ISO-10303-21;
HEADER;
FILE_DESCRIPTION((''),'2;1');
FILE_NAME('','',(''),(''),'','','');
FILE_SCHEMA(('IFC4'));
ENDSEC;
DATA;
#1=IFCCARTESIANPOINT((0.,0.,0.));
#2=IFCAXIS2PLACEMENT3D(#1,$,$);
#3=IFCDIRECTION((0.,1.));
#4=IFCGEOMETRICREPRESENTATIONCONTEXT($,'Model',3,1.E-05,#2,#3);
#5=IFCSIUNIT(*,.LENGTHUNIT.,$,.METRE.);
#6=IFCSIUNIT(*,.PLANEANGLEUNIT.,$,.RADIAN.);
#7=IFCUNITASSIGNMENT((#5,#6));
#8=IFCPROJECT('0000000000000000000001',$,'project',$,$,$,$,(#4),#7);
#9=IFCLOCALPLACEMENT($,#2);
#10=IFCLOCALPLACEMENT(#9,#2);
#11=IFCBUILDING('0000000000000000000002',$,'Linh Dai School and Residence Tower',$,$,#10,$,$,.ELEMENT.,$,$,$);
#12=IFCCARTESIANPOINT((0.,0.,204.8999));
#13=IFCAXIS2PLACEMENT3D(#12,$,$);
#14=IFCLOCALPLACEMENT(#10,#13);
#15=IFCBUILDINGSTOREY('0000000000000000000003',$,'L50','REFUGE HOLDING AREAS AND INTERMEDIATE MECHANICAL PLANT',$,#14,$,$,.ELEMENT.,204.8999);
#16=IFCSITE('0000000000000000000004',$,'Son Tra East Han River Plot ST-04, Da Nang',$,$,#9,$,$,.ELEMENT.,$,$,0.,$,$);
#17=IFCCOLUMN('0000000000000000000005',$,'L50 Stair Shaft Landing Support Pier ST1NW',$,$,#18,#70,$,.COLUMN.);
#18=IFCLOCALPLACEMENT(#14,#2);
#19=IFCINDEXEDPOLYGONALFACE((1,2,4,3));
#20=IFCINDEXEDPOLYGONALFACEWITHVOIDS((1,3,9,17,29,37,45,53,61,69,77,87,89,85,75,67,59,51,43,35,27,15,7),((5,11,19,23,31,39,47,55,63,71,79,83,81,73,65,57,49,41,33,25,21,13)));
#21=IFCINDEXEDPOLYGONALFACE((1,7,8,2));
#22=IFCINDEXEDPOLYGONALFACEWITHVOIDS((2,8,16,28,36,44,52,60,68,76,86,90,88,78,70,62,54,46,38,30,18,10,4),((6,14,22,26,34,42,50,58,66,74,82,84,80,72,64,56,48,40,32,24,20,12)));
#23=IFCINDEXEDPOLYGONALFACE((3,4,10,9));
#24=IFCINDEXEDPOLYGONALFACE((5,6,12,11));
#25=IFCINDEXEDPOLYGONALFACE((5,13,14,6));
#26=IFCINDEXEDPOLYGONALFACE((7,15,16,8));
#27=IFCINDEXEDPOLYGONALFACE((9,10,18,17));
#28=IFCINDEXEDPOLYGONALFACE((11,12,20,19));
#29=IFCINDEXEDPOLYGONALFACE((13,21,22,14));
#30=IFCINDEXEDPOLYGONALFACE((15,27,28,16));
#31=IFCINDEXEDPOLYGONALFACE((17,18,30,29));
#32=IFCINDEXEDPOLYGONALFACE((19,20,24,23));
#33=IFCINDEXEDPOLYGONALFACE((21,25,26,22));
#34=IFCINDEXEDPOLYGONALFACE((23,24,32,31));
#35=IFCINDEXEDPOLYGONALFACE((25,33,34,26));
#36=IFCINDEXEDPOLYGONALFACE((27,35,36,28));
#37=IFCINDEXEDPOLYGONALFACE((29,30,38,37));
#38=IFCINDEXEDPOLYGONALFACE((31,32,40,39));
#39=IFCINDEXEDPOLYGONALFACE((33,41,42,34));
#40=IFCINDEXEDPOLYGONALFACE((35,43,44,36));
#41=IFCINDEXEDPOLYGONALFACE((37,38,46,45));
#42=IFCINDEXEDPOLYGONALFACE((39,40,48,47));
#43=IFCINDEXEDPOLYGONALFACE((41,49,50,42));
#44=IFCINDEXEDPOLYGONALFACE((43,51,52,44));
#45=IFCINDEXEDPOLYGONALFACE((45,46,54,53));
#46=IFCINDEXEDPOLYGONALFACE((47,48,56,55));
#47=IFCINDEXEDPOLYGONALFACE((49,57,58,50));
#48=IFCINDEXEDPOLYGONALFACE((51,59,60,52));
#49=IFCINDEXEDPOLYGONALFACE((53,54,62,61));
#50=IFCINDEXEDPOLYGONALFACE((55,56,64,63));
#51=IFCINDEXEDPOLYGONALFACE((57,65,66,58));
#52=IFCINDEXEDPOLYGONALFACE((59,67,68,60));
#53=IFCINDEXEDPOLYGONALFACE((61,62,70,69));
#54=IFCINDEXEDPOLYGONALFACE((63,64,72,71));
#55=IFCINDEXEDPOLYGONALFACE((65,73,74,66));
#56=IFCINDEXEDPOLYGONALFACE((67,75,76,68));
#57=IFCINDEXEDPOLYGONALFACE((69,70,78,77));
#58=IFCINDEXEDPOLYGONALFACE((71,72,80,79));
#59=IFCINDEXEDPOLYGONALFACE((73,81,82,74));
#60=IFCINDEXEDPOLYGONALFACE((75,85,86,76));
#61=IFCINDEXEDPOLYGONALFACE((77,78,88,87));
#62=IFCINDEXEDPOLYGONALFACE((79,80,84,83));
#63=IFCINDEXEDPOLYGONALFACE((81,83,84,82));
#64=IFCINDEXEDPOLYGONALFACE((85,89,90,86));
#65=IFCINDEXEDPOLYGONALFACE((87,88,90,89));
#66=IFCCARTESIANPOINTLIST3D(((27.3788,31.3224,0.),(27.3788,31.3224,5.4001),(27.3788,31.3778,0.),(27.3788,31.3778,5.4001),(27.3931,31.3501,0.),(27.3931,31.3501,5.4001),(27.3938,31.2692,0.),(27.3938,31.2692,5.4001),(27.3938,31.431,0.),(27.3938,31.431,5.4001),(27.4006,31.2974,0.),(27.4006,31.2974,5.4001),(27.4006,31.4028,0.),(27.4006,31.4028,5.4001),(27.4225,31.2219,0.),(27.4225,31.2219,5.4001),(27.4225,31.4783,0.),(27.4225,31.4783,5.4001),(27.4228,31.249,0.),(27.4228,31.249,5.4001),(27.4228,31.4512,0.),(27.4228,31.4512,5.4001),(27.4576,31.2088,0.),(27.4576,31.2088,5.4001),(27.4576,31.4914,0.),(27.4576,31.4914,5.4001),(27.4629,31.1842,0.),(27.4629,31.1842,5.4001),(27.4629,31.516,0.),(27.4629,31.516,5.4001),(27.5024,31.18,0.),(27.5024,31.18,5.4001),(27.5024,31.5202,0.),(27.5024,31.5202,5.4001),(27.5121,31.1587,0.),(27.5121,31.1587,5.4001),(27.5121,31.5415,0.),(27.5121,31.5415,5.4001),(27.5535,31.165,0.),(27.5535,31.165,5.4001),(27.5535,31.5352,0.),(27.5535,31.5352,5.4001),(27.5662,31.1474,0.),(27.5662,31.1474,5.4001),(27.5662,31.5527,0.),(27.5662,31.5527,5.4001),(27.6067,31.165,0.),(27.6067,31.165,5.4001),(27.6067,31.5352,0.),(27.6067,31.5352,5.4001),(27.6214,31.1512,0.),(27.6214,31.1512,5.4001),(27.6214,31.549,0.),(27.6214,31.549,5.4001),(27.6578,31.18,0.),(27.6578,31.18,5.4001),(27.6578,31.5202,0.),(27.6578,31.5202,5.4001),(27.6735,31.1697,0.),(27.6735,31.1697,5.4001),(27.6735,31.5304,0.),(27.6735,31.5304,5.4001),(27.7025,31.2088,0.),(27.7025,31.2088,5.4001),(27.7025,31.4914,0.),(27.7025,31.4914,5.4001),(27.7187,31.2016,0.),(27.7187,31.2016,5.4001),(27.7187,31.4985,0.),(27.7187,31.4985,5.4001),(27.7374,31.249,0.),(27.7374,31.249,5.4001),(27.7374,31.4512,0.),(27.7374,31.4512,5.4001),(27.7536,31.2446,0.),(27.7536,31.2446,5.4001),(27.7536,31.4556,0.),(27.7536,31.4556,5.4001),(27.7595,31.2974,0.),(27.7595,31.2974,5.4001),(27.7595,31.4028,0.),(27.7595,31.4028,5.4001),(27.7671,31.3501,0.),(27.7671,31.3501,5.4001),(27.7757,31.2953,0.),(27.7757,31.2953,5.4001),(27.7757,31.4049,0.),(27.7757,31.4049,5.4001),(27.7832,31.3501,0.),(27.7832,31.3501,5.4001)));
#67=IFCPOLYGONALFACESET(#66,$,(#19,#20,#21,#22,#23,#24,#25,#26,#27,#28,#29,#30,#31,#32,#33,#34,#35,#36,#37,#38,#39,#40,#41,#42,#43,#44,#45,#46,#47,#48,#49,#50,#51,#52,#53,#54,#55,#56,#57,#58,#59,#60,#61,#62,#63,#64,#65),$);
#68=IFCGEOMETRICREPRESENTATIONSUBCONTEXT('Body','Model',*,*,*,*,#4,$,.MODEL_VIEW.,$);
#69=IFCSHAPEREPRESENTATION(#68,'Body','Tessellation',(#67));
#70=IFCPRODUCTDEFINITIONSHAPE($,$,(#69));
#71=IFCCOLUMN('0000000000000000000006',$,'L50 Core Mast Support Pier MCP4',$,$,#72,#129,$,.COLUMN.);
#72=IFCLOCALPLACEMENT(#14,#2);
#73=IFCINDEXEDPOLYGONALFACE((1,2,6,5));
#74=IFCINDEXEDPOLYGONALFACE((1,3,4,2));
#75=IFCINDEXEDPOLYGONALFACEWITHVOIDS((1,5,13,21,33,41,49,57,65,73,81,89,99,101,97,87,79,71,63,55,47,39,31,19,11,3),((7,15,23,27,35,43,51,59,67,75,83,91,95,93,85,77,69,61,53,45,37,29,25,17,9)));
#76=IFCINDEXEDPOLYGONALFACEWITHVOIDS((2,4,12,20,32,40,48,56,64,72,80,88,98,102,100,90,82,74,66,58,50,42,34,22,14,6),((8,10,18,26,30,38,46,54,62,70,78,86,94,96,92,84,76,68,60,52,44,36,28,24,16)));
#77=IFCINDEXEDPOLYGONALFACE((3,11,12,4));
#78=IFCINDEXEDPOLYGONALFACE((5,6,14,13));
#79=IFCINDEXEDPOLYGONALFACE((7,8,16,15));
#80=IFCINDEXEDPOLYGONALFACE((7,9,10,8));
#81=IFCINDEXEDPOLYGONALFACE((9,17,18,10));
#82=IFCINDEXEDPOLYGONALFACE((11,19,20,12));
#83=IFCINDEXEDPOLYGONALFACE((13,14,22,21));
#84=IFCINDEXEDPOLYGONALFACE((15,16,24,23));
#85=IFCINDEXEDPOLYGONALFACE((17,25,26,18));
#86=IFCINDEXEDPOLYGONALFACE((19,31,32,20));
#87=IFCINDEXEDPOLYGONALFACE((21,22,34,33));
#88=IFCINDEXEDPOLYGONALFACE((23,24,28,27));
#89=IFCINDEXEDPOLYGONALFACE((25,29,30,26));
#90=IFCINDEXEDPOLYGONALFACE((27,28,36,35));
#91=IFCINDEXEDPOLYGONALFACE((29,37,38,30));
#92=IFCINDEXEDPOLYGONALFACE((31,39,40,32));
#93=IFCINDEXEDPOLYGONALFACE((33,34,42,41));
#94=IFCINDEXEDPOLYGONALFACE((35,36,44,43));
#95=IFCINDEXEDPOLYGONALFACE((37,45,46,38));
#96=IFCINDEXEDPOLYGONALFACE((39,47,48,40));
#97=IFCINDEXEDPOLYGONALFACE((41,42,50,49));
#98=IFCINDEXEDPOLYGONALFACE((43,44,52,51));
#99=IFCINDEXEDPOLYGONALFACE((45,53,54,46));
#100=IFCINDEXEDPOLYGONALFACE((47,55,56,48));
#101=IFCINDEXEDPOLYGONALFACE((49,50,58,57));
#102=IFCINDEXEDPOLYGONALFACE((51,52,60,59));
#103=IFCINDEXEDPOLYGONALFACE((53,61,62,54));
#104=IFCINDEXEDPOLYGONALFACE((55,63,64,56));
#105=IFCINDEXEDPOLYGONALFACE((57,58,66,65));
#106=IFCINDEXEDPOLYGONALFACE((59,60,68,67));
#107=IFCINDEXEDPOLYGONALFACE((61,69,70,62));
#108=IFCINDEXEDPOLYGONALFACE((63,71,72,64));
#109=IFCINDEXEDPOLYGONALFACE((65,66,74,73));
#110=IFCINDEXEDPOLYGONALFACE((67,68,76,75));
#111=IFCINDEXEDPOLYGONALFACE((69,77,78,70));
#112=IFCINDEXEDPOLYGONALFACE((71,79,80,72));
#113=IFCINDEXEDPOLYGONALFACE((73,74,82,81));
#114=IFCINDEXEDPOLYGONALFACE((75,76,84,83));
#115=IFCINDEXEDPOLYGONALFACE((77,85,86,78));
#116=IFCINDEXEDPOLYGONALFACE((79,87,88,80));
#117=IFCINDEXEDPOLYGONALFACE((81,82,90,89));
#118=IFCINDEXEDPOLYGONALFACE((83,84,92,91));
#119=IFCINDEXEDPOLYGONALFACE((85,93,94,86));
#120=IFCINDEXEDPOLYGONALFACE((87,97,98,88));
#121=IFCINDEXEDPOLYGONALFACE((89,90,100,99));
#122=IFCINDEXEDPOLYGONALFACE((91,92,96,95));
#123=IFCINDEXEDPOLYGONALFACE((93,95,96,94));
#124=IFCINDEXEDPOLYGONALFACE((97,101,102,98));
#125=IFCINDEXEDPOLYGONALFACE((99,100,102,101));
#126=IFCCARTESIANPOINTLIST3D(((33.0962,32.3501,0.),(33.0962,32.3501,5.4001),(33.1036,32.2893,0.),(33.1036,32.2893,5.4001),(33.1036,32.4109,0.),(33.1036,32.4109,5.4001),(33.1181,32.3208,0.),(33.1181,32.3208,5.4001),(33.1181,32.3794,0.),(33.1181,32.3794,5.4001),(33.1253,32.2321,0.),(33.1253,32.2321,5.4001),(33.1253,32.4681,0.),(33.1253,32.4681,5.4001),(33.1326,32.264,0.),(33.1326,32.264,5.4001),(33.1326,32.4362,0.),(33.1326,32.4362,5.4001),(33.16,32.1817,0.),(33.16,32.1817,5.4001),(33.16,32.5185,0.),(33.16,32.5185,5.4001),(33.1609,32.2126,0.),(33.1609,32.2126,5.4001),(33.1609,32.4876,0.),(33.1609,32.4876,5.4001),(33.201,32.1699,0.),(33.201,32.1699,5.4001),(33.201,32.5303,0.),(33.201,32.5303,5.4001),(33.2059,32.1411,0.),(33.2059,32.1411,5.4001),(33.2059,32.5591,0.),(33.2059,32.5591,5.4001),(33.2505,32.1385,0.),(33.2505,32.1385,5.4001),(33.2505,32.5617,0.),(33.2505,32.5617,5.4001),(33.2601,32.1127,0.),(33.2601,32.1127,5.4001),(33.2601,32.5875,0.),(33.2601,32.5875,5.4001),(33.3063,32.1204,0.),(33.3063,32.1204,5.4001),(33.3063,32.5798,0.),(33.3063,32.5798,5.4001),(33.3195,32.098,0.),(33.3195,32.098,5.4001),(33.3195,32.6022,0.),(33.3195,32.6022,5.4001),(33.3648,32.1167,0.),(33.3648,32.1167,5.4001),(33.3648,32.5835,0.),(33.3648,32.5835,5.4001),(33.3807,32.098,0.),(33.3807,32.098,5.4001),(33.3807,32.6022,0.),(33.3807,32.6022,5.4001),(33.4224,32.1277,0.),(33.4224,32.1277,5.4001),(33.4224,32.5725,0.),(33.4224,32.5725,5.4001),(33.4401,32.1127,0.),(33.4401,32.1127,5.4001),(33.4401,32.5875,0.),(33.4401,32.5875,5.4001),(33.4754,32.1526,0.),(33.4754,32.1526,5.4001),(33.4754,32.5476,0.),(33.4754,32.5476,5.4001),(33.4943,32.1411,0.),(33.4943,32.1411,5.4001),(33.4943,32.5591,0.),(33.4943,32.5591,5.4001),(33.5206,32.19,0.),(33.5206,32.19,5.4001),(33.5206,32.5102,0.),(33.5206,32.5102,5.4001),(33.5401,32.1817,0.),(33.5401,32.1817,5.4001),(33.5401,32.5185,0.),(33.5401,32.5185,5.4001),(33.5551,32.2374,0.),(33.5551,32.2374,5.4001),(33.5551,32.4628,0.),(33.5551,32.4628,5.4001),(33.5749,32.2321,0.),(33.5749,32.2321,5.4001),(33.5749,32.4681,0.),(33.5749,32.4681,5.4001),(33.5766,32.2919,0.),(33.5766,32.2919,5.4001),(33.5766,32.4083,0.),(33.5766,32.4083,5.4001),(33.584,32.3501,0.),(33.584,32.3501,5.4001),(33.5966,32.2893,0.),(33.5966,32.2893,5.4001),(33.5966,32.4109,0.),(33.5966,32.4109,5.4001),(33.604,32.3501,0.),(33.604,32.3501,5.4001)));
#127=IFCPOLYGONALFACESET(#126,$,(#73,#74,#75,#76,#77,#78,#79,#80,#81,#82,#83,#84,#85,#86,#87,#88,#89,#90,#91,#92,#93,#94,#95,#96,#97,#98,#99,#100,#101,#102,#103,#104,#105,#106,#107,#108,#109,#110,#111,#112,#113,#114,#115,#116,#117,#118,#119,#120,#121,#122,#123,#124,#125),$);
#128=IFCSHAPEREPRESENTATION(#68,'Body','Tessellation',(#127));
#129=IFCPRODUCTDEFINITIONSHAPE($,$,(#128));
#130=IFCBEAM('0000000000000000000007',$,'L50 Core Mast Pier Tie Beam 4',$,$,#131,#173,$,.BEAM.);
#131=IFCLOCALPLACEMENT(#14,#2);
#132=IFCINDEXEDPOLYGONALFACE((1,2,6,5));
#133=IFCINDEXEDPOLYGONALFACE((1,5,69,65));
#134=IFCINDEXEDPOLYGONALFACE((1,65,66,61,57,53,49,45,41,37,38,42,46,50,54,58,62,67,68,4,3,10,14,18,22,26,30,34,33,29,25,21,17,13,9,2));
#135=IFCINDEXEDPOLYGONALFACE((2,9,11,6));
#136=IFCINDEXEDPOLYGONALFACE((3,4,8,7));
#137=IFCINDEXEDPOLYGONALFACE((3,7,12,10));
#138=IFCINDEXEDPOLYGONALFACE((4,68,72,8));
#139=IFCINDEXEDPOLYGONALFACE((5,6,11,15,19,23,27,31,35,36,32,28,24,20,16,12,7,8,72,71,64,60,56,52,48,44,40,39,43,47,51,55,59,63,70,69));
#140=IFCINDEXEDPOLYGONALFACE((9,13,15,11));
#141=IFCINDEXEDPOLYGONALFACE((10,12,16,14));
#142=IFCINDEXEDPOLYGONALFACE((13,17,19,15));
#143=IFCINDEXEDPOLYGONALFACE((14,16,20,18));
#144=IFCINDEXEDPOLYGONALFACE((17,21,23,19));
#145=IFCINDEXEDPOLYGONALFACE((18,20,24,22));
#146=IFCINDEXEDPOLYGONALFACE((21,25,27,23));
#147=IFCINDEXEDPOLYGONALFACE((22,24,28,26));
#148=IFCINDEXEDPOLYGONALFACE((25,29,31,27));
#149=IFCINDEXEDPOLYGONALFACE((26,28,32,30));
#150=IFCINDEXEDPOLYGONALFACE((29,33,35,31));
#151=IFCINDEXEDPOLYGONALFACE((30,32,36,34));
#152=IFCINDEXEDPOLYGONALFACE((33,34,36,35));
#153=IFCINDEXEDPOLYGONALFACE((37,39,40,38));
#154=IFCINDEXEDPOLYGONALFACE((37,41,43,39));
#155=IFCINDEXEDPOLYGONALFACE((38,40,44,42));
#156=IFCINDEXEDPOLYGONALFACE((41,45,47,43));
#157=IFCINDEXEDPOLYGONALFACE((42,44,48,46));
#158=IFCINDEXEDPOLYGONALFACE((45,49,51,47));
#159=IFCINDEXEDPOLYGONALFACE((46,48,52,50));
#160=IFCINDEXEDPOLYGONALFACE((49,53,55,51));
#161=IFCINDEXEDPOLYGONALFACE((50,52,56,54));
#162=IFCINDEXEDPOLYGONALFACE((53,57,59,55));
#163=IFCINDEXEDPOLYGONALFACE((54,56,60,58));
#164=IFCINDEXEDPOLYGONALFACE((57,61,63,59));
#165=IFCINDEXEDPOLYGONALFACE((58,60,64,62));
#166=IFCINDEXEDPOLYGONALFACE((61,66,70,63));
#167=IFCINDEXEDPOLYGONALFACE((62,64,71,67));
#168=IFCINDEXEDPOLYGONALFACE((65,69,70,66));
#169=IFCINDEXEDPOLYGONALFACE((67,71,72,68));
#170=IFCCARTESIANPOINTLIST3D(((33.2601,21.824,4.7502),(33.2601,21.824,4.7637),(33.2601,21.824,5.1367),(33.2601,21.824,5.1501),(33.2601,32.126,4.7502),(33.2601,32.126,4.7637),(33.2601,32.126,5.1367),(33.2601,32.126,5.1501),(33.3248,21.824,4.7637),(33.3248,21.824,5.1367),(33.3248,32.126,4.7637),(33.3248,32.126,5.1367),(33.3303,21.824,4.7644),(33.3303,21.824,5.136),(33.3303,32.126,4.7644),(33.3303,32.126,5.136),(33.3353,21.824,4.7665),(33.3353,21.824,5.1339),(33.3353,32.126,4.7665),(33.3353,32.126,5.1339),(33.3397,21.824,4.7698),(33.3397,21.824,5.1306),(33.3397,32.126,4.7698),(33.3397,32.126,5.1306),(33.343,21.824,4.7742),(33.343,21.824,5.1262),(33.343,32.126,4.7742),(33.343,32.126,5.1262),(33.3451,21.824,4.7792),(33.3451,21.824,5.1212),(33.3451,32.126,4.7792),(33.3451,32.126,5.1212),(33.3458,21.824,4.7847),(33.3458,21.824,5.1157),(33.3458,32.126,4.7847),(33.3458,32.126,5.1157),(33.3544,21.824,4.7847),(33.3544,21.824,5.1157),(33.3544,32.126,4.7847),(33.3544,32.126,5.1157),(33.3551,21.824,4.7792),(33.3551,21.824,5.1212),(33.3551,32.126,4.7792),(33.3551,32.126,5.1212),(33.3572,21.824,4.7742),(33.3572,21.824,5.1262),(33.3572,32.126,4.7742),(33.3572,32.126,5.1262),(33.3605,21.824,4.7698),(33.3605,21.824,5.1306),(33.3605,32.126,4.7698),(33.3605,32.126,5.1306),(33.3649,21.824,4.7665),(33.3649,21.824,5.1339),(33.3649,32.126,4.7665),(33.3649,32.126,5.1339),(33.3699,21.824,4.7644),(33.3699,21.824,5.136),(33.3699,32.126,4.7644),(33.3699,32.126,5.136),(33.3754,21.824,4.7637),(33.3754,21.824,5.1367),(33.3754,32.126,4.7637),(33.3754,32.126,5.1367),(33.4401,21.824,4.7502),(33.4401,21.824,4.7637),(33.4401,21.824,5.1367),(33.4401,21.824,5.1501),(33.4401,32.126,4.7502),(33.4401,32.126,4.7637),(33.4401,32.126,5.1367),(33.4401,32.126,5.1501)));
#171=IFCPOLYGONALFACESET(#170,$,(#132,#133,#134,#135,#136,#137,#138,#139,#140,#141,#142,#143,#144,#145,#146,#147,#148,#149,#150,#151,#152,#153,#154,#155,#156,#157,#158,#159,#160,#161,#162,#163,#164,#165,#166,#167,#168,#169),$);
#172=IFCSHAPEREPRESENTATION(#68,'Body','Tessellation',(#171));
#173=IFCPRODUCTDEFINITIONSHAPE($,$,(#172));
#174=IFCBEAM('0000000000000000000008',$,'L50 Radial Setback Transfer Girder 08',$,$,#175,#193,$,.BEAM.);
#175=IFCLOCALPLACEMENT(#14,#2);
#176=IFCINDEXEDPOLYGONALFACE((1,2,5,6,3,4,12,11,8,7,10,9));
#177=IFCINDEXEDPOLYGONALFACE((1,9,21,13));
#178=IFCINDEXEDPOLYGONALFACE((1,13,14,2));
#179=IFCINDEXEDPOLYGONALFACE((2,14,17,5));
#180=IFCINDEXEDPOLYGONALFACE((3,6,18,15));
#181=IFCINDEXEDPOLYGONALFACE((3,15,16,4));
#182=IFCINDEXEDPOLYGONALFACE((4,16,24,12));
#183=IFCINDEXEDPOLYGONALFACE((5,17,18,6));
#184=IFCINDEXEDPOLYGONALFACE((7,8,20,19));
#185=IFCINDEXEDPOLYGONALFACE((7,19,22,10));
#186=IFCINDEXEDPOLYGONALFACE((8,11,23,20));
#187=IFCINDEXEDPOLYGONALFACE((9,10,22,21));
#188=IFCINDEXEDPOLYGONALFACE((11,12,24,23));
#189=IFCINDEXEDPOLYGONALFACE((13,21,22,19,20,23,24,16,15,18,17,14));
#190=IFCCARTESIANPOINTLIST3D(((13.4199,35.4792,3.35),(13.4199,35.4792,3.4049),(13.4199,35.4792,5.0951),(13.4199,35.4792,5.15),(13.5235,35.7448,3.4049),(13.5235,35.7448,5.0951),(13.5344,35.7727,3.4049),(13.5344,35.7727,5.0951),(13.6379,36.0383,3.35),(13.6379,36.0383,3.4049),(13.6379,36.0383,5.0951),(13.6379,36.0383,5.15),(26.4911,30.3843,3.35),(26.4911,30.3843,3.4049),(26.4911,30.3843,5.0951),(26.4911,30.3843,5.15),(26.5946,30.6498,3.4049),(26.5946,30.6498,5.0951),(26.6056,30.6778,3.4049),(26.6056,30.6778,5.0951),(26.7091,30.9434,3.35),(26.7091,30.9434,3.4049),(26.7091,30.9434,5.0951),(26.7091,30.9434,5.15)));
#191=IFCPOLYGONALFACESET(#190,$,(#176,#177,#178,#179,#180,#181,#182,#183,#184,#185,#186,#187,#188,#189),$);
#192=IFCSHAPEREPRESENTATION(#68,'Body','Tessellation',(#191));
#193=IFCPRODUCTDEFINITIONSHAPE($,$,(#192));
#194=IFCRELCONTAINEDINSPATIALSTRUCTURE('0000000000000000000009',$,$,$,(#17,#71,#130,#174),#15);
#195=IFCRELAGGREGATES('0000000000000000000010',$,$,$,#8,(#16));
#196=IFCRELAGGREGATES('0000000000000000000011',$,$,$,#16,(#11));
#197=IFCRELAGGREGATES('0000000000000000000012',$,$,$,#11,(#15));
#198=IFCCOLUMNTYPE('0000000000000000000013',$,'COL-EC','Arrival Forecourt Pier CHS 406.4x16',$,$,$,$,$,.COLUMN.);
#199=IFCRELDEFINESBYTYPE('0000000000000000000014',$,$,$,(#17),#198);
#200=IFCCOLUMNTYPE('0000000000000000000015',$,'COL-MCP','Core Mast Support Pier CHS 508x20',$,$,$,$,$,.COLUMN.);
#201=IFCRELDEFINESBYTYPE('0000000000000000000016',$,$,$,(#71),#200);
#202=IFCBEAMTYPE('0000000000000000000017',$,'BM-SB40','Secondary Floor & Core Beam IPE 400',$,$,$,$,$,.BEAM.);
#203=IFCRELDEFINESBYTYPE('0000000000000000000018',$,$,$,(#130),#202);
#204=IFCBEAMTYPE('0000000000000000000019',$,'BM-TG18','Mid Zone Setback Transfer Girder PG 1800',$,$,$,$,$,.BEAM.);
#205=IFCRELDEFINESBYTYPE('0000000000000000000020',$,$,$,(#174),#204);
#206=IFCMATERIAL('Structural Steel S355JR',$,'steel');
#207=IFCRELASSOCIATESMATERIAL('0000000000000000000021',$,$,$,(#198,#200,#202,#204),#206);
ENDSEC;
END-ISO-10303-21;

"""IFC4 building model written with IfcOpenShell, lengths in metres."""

from ifc_helpers import new_model, si_unit, direction, frame, origin, origin_2d, place, context, subcontext, project, spatial, hollow_circle, i_section, extrude, material, material_profile, profile_set, type_object, element, save


model = new_model("IFC4")

# Units and contexts
model_context = context("Model", 3, precision=1e-05, world=origin(), true_north=direction((0.0, 1.0)))
body_context = subcontext(model_context, "Body", "Model", "MODEL_VIEW")
ifc_project = project(units=[si_unit("LENGTHUNIT", "METRE"), si_unit("PLANEANGLEUNIT", "RADIAN")], contexts=[model_context])

# Site, building, storey
site_placement = place(None, origin())
site = spatial("IfcSite", under=ifc_project, at=site_placement, Name="Son Tra East Han River Plot ST-04, Da Nang", CompositionType="ELEMENT", RefElevation=0.0)
building_placement = place(site_placement, origin())
building = spatial("IfcBuilding", under=site, at=building_placement, Name="Linh Dai School and Residence Tower", CompositionType="ELEMENT")
storey_placement = place(building_placement, frame((0.0, 0.0, 204.8999)))
storey = spatial("IfcBuildingStorey", under=building, at=storey_placement, Name="L50", Description="REFUGE HOLDING AREAS AND INTERMEDIATE MECHANICAL PLANT", CompositionType="ELEMENT", Elevation=204.8999)

# Columns
ifc_material_1 = material(Name="Structural Steel S355JR", Category="steel")
ifc_material_profile_1 = material_profile(ifc_material_1, hollow_circle(Radius=0.2031, WallThickness=0.0161, at=origin_2d()), Name="CHS 406.4x16")
ifc_profile_set_1 = profile_set([ifc_material_profile_1], Name="Structural Steel S355JR")
column_type_1 = type_object("IfcColumnType", Name="COL-EC", Description="Arrival Forecourt Pier CHS 406.4x16", PredefinedType="COLUMN", material=ifc_profile_set_1)
column_1_placement = place(storey_placement, frame((27.5801, 31.3501, 0.0), z_axis=(0.0, 0.0, 1.0), x_axis=(1.0, 0.0, 0.0)))
element("IfcColumn", 1, at=column_1_placement, inside=storey, type_object=column_type_1, Name="L50 Stair Shaft Landing Support Pier ST1NW", PredefinedType="COLUMN", context=body_context, shape_type="SweptSolid", body=[
    extrude(hollow_circle(Radius=0.2031, WallThickness=0.0161, at=origin_2d()), origin(), (0.0, 0.0, 1.0), 5.4001),
])
ifc_material_profile_2 = material_profile(ifc_material_1, hollow_circle(Radius=0.2539, WallThickness=0.02, at=origin_2d()), Name="CHS 508x20")
ifc_profile_set_2 = profile_set([ifc_material_profile_2], Name="Structural Steel S355JR")
column_type_2 = type_object("IfcColumnType", Name="COL-MCP", Description="Core Mast Support Pier CHS 508x20", PredefinedType="COLUMN", material=ifc_profile_set_2)
column_2_placement = place(storey_placement, frame((33.3501, 32.3501, 0.0), z_axis=(0.0, 0.0, 1.0), x_axis=(1.0, 0.0, 0.0)))
element("IfcColumn", 2, at=column_2_placement, inside=storey, type_object=column_type_2, Name="L50 Core Mast Support Pier MCP4", PredefinedType="COLUMN", context=body_context, shape_type="SweptSolid", body=[
    extrude(hollow_circle(Radius=0.2539, WallThickness=0.02, at=origin_2d()), origin(), (0.0, 0.0, 1.0), 5.4001),
])

# Beams
ifc_material_profile_3 = material_profile(ifc_material_1, i_section(OverallWidth=0.1799, OverallDepth=0.3999, WebThickness=0.0085, FlangeThickness=0.0134, FilletRadius=0.021, at=origin_2d()), Name="IPE 400")
ifc_profile_set_3 = profile_set([ifc_material_profile_3], Name="Structural Steel S355JR")
beam_type_1 = type_object("IfcBeamType", Name="BM-SB40", Description="Secondary Floor & Core Beam IPE 400", PredefinedType="BEAM", material=ifc_profile_set_3)
beam_1_placement = place(storey_placement, frame((33.3501, 32.126, 4.9502), z_axis=(0.0, -1.0, 0.0), x_axis=(1.0, 0.0, 0.0)))
element("IfcBeam", 3, at=beam_1_placement, inside=storey, type_object=beam_type_1, Name="L50 Core Mast Pier Tie Beam 4", PredefinedType="BEAM", context=body_context, shape_type="SweptSolid", body=[
    extrude(i_section(OverallWidth=0.1799, OverallDepth=0.3999, WebThickness=0.0085, FlangeThickness=0.0134, FilletRadius=0.021, at=origin_2d()), origin(), (0.0, 0.0, 1.0), 10.302),
])
ifc_material_profile_4 = material_profile(ifc_material_1, i_section(OverallWidth=0.6001, OverallDepth=1.8, WebThickness=0.03, FlangeThickness=0.0549, at=origin_2d()), Name="PG 1800x600x30x55")
ifc_profile_set_4 = profile_set([ifc_material_profile_4], Name="Structural Steel S355JR")
beam_type_2 = type_object("IfcBeamType", Name="BM-TG18", Description="Mid Zone Setback Transfer Girder PG 1800", PredefinedType="BEAM", material=ifc_profile_set_4)
beam_2_placement = place(storey_placement, frame((26.6001, 30.6638, 4.25), z_axis=(-0.931723, 0.36317, 0.0), x_axis=(-0.36317, -0.931723, 0.0)))
element("IfcBeam", 4, at=beam_2_placement, inside=storey, type_object=beam_type_2, Name="L50 Radial Setback Transfer Girder 08", PredefinedType="BEAM", context=body_context, shape_type="SweptSolid", body=[
    extrude(i_section(OverallWidth=0.6001, OverallDepth=1.8, WebThickness=0.03, FlangeThickness=0.0549, at=origin_2d()), origin(), (0.0, 0.0, 1.0), 14.0291),
])

save(model, "model.ifc")
